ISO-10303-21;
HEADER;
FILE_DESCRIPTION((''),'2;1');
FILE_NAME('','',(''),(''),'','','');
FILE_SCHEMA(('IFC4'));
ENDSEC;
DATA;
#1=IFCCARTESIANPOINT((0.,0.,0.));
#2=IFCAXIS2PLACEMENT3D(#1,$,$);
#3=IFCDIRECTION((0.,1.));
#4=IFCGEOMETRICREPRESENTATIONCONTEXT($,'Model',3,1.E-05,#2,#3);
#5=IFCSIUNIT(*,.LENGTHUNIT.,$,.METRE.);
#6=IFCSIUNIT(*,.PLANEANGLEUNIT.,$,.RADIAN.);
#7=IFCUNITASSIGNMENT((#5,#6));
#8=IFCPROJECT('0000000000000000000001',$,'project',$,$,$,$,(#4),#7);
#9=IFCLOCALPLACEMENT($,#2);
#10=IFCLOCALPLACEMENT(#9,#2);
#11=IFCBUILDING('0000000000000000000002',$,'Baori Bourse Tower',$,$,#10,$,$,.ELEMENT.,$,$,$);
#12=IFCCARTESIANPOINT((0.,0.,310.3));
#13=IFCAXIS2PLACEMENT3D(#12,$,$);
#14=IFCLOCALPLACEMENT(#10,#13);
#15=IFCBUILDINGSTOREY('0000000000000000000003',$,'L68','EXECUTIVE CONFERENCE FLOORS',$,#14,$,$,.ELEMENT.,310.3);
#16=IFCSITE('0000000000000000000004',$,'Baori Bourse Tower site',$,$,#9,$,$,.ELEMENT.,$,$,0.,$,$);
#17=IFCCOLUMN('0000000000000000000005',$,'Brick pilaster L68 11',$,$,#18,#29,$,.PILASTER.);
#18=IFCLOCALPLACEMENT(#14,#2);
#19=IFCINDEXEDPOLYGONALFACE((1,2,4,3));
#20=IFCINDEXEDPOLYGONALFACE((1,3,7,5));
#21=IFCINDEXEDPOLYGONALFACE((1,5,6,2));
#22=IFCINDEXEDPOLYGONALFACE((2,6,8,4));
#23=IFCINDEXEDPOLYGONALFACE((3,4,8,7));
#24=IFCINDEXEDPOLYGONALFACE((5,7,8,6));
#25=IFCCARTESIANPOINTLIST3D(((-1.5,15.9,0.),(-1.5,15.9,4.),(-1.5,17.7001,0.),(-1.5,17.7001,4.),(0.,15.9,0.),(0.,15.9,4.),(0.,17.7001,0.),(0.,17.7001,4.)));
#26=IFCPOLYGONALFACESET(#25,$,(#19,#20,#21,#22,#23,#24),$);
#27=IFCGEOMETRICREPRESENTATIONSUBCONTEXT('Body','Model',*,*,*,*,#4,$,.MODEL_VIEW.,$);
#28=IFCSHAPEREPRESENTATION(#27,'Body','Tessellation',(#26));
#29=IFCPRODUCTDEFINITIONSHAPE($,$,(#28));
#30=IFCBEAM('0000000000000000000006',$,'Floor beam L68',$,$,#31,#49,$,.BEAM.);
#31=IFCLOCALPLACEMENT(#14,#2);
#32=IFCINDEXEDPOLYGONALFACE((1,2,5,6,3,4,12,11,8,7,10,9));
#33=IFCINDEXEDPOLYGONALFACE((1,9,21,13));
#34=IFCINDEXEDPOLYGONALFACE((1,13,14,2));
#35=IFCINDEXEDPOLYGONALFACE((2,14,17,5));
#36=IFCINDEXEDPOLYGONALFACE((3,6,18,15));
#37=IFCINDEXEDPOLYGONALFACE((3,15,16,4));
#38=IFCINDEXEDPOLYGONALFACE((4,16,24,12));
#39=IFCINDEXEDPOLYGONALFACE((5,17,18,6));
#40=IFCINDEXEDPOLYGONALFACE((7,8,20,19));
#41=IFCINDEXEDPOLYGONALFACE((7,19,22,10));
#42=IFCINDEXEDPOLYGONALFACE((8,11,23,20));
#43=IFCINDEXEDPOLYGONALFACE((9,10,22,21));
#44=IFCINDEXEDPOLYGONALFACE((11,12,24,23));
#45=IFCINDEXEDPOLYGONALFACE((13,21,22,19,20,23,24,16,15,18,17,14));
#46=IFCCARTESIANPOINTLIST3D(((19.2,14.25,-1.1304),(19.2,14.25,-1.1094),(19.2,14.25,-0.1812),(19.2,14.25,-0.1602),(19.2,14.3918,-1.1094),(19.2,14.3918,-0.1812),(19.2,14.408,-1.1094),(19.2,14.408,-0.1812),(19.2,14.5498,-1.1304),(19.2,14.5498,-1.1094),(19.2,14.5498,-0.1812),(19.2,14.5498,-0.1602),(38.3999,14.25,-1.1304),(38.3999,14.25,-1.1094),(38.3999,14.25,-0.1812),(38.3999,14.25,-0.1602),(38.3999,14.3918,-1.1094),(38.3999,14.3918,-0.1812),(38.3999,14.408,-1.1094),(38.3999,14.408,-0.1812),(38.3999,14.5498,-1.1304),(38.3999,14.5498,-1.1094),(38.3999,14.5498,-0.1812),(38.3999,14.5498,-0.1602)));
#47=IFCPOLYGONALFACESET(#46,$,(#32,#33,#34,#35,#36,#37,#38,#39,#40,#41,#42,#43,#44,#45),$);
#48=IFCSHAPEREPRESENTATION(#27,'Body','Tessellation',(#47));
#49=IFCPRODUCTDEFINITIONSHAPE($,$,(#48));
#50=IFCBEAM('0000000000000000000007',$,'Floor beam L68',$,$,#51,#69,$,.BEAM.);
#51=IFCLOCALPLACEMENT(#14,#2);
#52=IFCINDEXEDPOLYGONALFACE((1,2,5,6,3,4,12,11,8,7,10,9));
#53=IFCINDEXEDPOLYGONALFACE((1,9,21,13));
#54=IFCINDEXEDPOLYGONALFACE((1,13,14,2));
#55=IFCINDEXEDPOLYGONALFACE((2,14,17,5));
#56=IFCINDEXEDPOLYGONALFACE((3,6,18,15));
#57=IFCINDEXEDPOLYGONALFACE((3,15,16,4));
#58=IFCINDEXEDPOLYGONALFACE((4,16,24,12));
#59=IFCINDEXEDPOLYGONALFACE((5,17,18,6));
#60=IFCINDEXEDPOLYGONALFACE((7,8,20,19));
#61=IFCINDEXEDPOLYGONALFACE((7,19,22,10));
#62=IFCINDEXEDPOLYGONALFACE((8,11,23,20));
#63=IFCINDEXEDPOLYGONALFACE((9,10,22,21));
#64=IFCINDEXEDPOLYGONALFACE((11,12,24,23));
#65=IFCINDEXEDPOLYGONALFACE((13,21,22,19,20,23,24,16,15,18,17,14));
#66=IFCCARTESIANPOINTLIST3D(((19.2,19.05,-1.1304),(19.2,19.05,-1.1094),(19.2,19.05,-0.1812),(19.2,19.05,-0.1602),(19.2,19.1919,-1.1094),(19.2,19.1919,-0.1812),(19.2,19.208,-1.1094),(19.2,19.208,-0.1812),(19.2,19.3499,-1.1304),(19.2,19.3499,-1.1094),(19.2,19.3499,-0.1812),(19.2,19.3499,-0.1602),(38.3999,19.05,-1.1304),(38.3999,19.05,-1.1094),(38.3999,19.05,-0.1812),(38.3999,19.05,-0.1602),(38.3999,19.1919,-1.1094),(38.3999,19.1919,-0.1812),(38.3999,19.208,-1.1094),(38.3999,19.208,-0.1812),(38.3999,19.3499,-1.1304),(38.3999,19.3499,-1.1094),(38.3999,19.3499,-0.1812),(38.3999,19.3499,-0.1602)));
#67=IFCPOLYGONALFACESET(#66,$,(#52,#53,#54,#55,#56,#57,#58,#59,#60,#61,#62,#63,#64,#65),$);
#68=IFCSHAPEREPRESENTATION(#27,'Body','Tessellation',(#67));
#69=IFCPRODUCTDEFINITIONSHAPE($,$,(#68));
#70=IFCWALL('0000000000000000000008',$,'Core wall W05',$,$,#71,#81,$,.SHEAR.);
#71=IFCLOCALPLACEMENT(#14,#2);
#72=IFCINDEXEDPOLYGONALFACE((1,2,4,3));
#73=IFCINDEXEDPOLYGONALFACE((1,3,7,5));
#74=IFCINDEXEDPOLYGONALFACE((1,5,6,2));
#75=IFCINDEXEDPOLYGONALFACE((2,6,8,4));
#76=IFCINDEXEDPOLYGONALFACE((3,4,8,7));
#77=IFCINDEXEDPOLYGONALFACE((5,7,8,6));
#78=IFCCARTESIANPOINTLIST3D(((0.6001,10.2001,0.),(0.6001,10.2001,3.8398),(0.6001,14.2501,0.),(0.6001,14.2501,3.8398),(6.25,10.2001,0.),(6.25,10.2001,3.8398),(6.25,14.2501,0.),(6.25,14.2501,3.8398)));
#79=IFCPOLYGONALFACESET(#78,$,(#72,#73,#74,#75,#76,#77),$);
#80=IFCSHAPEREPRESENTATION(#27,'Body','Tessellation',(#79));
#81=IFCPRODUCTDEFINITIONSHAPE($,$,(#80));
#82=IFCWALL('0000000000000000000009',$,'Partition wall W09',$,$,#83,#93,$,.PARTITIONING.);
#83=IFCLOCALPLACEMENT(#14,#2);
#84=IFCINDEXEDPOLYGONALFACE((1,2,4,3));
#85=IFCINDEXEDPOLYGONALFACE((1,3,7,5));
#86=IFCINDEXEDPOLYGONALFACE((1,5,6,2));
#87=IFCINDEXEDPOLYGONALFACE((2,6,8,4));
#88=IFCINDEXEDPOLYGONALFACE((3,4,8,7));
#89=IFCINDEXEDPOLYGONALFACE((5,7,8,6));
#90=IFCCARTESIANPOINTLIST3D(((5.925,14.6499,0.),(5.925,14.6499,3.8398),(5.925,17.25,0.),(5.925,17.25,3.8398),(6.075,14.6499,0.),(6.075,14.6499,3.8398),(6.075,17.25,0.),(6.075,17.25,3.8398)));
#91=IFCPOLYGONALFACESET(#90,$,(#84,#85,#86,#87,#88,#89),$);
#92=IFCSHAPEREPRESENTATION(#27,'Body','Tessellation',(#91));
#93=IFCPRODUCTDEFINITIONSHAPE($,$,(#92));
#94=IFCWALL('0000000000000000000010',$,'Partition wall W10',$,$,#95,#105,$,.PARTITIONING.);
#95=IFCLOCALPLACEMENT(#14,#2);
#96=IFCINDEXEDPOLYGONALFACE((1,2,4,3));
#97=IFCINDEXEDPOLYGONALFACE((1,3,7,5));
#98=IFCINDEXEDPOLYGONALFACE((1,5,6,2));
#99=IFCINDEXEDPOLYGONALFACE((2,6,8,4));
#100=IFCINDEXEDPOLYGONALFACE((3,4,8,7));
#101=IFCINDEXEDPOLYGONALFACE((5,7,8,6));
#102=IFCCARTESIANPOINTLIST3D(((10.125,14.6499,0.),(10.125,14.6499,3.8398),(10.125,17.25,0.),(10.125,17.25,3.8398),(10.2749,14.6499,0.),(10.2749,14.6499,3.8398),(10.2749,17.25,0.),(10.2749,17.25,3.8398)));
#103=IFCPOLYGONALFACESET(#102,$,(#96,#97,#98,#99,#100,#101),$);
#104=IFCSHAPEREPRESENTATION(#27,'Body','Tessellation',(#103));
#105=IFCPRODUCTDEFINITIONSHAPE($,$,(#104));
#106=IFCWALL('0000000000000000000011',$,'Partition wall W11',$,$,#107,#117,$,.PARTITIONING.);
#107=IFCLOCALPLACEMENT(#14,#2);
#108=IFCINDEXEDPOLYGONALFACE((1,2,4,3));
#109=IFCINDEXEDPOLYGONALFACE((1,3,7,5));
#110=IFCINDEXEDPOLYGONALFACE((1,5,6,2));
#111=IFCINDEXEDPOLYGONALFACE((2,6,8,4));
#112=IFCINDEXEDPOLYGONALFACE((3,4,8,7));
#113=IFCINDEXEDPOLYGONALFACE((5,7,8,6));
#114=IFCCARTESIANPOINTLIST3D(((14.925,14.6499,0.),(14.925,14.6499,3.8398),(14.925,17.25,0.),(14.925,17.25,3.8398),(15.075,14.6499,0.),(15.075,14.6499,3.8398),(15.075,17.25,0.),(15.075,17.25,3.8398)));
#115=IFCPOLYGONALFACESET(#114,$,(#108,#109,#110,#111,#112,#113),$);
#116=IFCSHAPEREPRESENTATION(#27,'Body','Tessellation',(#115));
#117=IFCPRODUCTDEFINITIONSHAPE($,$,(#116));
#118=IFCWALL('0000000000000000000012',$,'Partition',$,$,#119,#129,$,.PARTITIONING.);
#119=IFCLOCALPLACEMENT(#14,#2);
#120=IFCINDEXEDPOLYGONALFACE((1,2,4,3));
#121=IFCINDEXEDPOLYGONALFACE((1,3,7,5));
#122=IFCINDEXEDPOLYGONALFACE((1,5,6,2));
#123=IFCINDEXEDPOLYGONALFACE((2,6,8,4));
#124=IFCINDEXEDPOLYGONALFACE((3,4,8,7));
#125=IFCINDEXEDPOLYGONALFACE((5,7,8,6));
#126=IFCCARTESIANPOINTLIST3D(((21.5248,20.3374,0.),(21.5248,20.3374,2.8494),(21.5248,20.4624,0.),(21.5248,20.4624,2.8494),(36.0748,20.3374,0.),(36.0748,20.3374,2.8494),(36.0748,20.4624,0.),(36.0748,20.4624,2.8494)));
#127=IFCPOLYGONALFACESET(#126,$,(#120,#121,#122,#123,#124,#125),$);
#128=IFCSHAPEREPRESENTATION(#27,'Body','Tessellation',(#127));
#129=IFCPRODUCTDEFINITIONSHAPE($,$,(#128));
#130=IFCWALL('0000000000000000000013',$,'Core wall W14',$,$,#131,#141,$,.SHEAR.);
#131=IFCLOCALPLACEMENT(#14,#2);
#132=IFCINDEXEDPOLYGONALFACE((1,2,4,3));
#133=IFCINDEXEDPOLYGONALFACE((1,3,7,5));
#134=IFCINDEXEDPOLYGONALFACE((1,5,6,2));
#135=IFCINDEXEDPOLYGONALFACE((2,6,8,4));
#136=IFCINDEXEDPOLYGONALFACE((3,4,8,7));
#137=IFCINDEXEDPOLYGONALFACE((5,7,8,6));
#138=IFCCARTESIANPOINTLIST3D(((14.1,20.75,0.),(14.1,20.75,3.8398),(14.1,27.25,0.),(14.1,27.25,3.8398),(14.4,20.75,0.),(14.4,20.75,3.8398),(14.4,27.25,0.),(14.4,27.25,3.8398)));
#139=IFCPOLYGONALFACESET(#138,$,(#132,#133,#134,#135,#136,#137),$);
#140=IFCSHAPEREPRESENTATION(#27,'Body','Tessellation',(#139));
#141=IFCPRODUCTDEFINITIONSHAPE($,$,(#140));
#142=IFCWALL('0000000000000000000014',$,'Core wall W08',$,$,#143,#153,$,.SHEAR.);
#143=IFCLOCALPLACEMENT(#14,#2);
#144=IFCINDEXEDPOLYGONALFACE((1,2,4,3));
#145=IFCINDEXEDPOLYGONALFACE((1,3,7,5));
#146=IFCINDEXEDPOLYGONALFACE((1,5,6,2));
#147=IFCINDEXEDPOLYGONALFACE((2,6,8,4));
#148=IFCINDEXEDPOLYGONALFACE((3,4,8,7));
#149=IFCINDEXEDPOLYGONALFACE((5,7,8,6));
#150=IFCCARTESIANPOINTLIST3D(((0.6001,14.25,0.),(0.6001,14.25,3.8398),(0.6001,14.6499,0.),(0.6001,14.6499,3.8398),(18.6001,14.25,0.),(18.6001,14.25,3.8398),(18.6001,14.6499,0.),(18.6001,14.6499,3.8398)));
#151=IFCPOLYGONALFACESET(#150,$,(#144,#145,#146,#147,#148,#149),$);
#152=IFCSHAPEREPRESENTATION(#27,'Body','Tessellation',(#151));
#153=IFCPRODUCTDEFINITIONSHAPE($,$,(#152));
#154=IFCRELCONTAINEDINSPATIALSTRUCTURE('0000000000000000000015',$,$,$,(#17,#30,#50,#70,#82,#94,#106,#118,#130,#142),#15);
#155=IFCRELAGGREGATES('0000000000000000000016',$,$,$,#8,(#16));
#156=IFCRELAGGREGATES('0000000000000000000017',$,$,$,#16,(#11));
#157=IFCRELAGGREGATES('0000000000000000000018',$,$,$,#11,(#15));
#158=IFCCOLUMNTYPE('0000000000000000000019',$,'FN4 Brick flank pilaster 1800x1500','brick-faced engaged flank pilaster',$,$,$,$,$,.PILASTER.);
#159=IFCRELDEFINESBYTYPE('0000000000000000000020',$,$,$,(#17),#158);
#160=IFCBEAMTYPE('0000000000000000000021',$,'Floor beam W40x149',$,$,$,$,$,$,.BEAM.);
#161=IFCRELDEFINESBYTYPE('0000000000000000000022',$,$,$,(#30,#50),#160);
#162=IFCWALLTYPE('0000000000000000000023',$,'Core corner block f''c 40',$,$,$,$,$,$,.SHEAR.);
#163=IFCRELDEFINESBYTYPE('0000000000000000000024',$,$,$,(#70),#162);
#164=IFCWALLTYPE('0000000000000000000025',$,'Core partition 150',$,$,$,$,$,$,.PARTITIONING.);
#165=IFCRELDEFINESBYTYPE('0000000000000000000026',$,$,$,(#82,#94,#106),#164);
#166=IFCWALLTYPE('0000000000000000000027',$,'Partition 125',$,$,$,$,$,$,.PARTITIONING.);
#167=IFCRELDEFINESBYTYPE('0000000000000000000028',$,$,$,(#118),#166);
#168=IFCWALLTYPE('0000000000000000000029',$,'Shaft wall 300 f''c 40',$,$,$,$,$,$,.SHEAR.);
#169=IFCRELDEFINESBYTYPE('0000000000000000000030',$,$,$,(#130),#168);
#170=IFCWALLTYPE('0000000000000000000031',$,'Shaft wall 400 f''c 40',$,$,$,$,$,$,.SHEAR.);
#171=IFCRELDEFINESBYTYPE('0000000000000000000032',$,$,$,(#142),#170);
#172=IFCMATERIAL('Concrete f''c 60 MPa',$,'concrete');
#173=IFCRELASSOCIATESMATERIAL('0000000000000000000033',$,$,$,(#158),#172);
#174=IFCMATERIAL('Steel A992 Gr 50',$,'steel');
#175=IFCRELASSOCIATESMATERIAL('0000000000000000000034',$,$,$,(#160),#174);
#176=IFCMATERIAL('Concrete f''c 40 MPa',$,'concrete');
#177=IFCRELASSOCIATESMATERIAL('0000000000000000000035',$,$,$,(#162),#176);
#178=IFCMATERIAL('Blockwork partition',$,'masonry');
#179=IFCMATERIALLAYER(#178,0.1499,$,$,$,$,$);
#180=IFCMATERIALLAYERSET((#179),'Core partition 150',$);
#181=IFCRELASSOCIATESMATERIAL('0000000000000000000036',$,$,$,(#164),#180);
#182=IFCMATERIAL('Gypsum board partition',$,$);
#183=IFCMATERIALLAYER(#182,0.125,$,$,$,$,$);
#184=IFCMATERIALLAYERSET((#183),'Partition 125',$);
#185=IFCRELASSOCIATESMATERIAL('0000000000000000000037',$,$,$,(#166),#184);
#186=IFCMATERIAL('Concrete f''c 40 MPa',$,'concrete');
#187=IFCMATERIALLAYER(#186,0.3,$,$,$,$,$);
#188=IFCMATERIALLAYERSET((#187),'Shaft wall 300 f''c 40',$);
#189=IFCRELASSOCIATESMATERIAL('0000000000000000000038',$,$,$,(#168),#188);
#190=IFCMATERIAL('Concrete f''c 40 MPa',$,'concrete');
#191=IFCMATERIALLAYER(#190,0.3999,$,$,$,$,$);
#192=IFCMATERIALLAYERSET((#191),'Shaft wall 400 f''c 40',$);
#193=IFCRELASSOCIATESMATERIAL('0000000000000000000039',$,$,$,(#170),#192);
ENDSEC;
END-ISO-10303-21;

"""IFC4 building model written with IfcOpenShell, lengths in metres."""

from ifc_helpers import new_model, si_unit, direction, frame, frame_2d, origin, origin_2d, place, context, subcontext, project, spatial, rectangle, i_section, extrude, material, layer, layer_set, material_profile, profile_set, type_object, element, save


model = new_model("IFC4")

# Units and contexts
model_context = context("Model", 3, precision=1e-05, world=origin(), true_north=direction((0.0, 1.0)))
body_context = subcontext(model_context, "Body", "Model", "MODEL_VIEW")
ifc_project = project(units=[si_unit("LENGTHUNIT", "METRE"), si_unit("PLANEANGLEUNIT", "RADIAN")], contexts=[model_context])

# Site, building, storey
site_placement = place(None, origin())
site = spatial("IfcSite", under=ifc_project, at=site_placement, Name="Baori Bourse Tower site", CompositionType="ELEMENT", RefElevation=0.0)
building_placement = place(site_placement, origin())
building = spatial("IfcBuilding", under=site, at=building_placement, Name="Baori Bourse Tower", CompositionType="ELEMENT")
storey_placement = place(building_placement, frame((0.0, 0.0, 310.3)))
storey = spatial("IfcBuildingStorey", under=building, at=storey_placement, Name="L68", Description="EXECUTIVE CONFERENCE FLOORS", CompositionType="ELEMENT", Elevation=310.3)

# Column
ifc_material_1 = material(Name="Concrete f'c 60 MPa", Category="concrete")
ifc_material_profile_1 = material_profile(ifc_material_1, rectangle(XDim=1.8, YDim=1.5, at=origin_2d()), Name="RC 1800x1500")
ifc_profile_set_1 = profile_set([ifc_material_profile_1], Name="Concrete f'c 60 MPa")
column_type = type_object("IfcColumnType", Name="FN4 Brick flank pilaster 1800x1500", Description="brick-faced engaged flank pilaster", PredefinedType="PILASTER", material=ifc_profile_set_1)
column_placement = place(storey_placement, frame((-0.75, 16.8, 0.0), z_axis=(0.0, 0.0, 1.0), x_axis=(0.0, 1.0, 0.0)))
element("IfcColumn", 1, at=column_placement, inside=storey, type_object=column_type, Name="Brick pilaster L68 11", PredefinedType="PILASTER", context=body_context, shape_type="SweptSolid", body=[
    extrude(rectangle(XDim=1.8, YDim=1.5, at=origin_2d()), origin(), (0.0, 0.0, 1.0), 4.0),
])

# Beams
ifc_material_2 = material(Name="Steel A992 Gr 50", Category="steel")
ifc_material_profile_2 = material_profile(ifc_material_2, i_section(OverallWidth=0.2998, OverallDepth=0.9702, WebThickness=0.0161, FlangeThickness=0.021, at=origin_2d()), Name="W40x149")
ifc_profile_set_2 = profile_set([ifc_material_profile_2], Name="Steel A992 Gr 50")
beam_type = type_object("IfcBeamType", Name="Floor beam W40x149", PredefinedType="BEAM", material=ifc_profile_set_2)
for number, where, z_axis, x_axis, name in (
    (2, (19.2, 14.3999, -0.6453), (1.0, 0.0, 0.0), (0.0, 1.0, 0.0), "Floor beam L68"),
    (3, (19.2, 19.2, -0.6453), (1.0, 0.0, 0.0), (0.0, 1.0, 0.0), "Floor beam L68"),
):
    element("IfcBeam", number, at=place(storey_placement, frame(where, z_axis=z_axis, x_axis=x_axis)), inside=storey, type_object=beam_type, Name=name, PredefinedType="BEAM", context=body_context, shape_type="SweptSolid", body=[
        extrude(i_section(OverallWidth=0.2998, OverallDepth=0.9702, WebThickness=0.0161, FlangeThickness=0.021, at=origin_2d()), origin(), (0.0, 0.0, 1.0), 19.2),
    ])

# Walls
ifc_material_3 = material(Name="Concrete f'c 40 MPa", Category="concrete")
wall_type_1 = type_object("IfcWallType", Name="Core corner block f'c 40", PredefinedType="SHEAR", material=ifc_material_3)
wall_1_placement = place(storey_placement, frame((0.6001, 12.2251, 0.0), z_axis=(0.0, 0.0, 1.0), x_axis=(1.0, 0.0, 0.0)))
element("IfcWall", 4, at=wall_1_placement, inside=storey, type_object=wall_type_1, Name="Core wall W05", PredefinedType="SHEAR", context=body_context, shape_type="SweptSolid", body=[
    extrude(rectangle(XDim=5.6499, YDim=4.05, at=frame_2d((2.825, 0.0))), origin(), (0.0, 0.0, 1.0), 3.8398),
])
ifc_material_4 = material(Name="Blockwork partition", Category="masonry")
ifc_layer_1 = layer(ifc_material_4, 0.1499)
ifc_layer_set_1 = layer_set([ifc_layer_1], Name="Core partition 150")
wall_type_2 = type_object("IfcWallType", Name="Core partition 150", PredefinedType="PARTITIONING", material=ifc_layer_set_1)
for number, where, z_axis, x_axis, name in (
    (5, (6.0, 14.6499, 0.0), (0.0, 0.0, 1.0), (0.0, 1.0, 0.0), "Partition wall W09"),
    (6, (10.2, 14.6499, 0.0), (0.0, 0.0, 1.0), (0.0, 1.0, 0.0), "Partition wall W10"),
    (7, (15.0, 14.6499, 0.0), (0.0, 0.0, 1.0), (0.0, 1.0, 0.0), "Partition wall W11"),
):
    element("IfcWall", number, at=place(storey_placement, frame(where, z_axis=z_axis, x_axis=x_axis)), inside=storey, type_object=wall_type_2, Name=name, PredefinedType="PARTITIONING", context=body_context, shape_type="SweptSolid", body=[
        extrude(rectangle(XDim=2.6001, YDim=0.1499, at=frame_2d((1.3, 0.0))), origin(), (0.0, 0.0, 1.0), 3.8398),
    ])
ifc_material_5 = material(Name="Gypsum board partition")
ifc_layer_2 = layer(ifc_material_5, 0.125)
ifc_layer_set_2 = layer_set([ifc_layer_2], Name="Partition 125")
wall_type_3 = type_object("IfcWallType", Name="Partition 125", PredefinedType="PARTITIONING", material=ifc_layer_set_2)
wall_2_placement = place(storey_placement, frame((21.5249, 20.3999, 0.0), z_axis=(0.0, 0.0, 1.0), x_axis=(1.0, 0.0, 0.0)))
element("IfcWall", 8, at=wall_2_placement, inside=storey, type_object=wall_type_3, Name="Partition", PredefinedType="PARTITIONING", context=body_context, shape_type="SweptSolid", body=[
    extrude(rectangle(XDim=14.55, YDim=0.125, at=frame_2d((7.2749, 0.0))), origin(), (0.0, 0.0, 1.0), 2.8494),
])
ifc_material_6 = material(Name="Concrete f'c 40 MPa", Category="concrete")
ifc_layer_3 = layer(ifc_material_6, 0.3)
ifc_layer_set_3 = layer_set([ifc_layer_3], Name="Shaft wall 300 f'c 40")
wall_type_4 = type_object("IfcWallType", Name="Shaft wall 300 f'c 40", PredefinedType="SHEAR", material=ifc_layer_set_3)
wall_3_placement = place(storey_placement, frame((14.25, 20.75, 0.0), z_axis=(0.0, 0.0, 1.0), x_axis=(0.0, 1.0, 0.0)))
element("IfcWall", 9, at=wall_3_placement, inside=storey, type_object=wall_type_4, Name="Core wall W14", PredefinedType="SHEAR", context=body_context, shape_type="SweptSolid", body=[
    extrude(rectangle(XDim=6.5, YDim=0.3, at=frame_2d((3.25, 0.0))), origin(), (0.0, 0.0, 1.0), 3.8398),
])
ifc_material_7 = material(Name="Concrete f'c 40 MPa", Category="concrete")
ifc_layer_4 = layer(ifc_material_7, 0.3999)
ifc_layer_set_4 = layer_set([ifc_layer_4], Name="Shaft wall 400 f'c 40")
wall_type_5 = type_object("IfcWallType", Name="Shaft wall 400 f'c 40", PredefinedType="SHEAR", material=ifc_layer_set_4)
wall_4_placement = place(storey_placement, frame((0.6001, 14.45, 0.0), z_axis=(0.0, 0.0, 1.0), x_axis=(1.0, 0.0, 0.0)))
element("IfcWall", 10, at=wall_4_placement, inside=storey, type_object=wall_type_5, Name="Core wall W08", PredefinedType="SHEAR", context=body_context, shape_type="SweptSolid", body=[
    extrude(rectangle(XDim=18.0, YDim=0.3999, at=frame_2d((9.0, 0.0))), origin(), (0.0, 0.0, 1.0), 3.8398),
])

save(model, "model.ifc")
